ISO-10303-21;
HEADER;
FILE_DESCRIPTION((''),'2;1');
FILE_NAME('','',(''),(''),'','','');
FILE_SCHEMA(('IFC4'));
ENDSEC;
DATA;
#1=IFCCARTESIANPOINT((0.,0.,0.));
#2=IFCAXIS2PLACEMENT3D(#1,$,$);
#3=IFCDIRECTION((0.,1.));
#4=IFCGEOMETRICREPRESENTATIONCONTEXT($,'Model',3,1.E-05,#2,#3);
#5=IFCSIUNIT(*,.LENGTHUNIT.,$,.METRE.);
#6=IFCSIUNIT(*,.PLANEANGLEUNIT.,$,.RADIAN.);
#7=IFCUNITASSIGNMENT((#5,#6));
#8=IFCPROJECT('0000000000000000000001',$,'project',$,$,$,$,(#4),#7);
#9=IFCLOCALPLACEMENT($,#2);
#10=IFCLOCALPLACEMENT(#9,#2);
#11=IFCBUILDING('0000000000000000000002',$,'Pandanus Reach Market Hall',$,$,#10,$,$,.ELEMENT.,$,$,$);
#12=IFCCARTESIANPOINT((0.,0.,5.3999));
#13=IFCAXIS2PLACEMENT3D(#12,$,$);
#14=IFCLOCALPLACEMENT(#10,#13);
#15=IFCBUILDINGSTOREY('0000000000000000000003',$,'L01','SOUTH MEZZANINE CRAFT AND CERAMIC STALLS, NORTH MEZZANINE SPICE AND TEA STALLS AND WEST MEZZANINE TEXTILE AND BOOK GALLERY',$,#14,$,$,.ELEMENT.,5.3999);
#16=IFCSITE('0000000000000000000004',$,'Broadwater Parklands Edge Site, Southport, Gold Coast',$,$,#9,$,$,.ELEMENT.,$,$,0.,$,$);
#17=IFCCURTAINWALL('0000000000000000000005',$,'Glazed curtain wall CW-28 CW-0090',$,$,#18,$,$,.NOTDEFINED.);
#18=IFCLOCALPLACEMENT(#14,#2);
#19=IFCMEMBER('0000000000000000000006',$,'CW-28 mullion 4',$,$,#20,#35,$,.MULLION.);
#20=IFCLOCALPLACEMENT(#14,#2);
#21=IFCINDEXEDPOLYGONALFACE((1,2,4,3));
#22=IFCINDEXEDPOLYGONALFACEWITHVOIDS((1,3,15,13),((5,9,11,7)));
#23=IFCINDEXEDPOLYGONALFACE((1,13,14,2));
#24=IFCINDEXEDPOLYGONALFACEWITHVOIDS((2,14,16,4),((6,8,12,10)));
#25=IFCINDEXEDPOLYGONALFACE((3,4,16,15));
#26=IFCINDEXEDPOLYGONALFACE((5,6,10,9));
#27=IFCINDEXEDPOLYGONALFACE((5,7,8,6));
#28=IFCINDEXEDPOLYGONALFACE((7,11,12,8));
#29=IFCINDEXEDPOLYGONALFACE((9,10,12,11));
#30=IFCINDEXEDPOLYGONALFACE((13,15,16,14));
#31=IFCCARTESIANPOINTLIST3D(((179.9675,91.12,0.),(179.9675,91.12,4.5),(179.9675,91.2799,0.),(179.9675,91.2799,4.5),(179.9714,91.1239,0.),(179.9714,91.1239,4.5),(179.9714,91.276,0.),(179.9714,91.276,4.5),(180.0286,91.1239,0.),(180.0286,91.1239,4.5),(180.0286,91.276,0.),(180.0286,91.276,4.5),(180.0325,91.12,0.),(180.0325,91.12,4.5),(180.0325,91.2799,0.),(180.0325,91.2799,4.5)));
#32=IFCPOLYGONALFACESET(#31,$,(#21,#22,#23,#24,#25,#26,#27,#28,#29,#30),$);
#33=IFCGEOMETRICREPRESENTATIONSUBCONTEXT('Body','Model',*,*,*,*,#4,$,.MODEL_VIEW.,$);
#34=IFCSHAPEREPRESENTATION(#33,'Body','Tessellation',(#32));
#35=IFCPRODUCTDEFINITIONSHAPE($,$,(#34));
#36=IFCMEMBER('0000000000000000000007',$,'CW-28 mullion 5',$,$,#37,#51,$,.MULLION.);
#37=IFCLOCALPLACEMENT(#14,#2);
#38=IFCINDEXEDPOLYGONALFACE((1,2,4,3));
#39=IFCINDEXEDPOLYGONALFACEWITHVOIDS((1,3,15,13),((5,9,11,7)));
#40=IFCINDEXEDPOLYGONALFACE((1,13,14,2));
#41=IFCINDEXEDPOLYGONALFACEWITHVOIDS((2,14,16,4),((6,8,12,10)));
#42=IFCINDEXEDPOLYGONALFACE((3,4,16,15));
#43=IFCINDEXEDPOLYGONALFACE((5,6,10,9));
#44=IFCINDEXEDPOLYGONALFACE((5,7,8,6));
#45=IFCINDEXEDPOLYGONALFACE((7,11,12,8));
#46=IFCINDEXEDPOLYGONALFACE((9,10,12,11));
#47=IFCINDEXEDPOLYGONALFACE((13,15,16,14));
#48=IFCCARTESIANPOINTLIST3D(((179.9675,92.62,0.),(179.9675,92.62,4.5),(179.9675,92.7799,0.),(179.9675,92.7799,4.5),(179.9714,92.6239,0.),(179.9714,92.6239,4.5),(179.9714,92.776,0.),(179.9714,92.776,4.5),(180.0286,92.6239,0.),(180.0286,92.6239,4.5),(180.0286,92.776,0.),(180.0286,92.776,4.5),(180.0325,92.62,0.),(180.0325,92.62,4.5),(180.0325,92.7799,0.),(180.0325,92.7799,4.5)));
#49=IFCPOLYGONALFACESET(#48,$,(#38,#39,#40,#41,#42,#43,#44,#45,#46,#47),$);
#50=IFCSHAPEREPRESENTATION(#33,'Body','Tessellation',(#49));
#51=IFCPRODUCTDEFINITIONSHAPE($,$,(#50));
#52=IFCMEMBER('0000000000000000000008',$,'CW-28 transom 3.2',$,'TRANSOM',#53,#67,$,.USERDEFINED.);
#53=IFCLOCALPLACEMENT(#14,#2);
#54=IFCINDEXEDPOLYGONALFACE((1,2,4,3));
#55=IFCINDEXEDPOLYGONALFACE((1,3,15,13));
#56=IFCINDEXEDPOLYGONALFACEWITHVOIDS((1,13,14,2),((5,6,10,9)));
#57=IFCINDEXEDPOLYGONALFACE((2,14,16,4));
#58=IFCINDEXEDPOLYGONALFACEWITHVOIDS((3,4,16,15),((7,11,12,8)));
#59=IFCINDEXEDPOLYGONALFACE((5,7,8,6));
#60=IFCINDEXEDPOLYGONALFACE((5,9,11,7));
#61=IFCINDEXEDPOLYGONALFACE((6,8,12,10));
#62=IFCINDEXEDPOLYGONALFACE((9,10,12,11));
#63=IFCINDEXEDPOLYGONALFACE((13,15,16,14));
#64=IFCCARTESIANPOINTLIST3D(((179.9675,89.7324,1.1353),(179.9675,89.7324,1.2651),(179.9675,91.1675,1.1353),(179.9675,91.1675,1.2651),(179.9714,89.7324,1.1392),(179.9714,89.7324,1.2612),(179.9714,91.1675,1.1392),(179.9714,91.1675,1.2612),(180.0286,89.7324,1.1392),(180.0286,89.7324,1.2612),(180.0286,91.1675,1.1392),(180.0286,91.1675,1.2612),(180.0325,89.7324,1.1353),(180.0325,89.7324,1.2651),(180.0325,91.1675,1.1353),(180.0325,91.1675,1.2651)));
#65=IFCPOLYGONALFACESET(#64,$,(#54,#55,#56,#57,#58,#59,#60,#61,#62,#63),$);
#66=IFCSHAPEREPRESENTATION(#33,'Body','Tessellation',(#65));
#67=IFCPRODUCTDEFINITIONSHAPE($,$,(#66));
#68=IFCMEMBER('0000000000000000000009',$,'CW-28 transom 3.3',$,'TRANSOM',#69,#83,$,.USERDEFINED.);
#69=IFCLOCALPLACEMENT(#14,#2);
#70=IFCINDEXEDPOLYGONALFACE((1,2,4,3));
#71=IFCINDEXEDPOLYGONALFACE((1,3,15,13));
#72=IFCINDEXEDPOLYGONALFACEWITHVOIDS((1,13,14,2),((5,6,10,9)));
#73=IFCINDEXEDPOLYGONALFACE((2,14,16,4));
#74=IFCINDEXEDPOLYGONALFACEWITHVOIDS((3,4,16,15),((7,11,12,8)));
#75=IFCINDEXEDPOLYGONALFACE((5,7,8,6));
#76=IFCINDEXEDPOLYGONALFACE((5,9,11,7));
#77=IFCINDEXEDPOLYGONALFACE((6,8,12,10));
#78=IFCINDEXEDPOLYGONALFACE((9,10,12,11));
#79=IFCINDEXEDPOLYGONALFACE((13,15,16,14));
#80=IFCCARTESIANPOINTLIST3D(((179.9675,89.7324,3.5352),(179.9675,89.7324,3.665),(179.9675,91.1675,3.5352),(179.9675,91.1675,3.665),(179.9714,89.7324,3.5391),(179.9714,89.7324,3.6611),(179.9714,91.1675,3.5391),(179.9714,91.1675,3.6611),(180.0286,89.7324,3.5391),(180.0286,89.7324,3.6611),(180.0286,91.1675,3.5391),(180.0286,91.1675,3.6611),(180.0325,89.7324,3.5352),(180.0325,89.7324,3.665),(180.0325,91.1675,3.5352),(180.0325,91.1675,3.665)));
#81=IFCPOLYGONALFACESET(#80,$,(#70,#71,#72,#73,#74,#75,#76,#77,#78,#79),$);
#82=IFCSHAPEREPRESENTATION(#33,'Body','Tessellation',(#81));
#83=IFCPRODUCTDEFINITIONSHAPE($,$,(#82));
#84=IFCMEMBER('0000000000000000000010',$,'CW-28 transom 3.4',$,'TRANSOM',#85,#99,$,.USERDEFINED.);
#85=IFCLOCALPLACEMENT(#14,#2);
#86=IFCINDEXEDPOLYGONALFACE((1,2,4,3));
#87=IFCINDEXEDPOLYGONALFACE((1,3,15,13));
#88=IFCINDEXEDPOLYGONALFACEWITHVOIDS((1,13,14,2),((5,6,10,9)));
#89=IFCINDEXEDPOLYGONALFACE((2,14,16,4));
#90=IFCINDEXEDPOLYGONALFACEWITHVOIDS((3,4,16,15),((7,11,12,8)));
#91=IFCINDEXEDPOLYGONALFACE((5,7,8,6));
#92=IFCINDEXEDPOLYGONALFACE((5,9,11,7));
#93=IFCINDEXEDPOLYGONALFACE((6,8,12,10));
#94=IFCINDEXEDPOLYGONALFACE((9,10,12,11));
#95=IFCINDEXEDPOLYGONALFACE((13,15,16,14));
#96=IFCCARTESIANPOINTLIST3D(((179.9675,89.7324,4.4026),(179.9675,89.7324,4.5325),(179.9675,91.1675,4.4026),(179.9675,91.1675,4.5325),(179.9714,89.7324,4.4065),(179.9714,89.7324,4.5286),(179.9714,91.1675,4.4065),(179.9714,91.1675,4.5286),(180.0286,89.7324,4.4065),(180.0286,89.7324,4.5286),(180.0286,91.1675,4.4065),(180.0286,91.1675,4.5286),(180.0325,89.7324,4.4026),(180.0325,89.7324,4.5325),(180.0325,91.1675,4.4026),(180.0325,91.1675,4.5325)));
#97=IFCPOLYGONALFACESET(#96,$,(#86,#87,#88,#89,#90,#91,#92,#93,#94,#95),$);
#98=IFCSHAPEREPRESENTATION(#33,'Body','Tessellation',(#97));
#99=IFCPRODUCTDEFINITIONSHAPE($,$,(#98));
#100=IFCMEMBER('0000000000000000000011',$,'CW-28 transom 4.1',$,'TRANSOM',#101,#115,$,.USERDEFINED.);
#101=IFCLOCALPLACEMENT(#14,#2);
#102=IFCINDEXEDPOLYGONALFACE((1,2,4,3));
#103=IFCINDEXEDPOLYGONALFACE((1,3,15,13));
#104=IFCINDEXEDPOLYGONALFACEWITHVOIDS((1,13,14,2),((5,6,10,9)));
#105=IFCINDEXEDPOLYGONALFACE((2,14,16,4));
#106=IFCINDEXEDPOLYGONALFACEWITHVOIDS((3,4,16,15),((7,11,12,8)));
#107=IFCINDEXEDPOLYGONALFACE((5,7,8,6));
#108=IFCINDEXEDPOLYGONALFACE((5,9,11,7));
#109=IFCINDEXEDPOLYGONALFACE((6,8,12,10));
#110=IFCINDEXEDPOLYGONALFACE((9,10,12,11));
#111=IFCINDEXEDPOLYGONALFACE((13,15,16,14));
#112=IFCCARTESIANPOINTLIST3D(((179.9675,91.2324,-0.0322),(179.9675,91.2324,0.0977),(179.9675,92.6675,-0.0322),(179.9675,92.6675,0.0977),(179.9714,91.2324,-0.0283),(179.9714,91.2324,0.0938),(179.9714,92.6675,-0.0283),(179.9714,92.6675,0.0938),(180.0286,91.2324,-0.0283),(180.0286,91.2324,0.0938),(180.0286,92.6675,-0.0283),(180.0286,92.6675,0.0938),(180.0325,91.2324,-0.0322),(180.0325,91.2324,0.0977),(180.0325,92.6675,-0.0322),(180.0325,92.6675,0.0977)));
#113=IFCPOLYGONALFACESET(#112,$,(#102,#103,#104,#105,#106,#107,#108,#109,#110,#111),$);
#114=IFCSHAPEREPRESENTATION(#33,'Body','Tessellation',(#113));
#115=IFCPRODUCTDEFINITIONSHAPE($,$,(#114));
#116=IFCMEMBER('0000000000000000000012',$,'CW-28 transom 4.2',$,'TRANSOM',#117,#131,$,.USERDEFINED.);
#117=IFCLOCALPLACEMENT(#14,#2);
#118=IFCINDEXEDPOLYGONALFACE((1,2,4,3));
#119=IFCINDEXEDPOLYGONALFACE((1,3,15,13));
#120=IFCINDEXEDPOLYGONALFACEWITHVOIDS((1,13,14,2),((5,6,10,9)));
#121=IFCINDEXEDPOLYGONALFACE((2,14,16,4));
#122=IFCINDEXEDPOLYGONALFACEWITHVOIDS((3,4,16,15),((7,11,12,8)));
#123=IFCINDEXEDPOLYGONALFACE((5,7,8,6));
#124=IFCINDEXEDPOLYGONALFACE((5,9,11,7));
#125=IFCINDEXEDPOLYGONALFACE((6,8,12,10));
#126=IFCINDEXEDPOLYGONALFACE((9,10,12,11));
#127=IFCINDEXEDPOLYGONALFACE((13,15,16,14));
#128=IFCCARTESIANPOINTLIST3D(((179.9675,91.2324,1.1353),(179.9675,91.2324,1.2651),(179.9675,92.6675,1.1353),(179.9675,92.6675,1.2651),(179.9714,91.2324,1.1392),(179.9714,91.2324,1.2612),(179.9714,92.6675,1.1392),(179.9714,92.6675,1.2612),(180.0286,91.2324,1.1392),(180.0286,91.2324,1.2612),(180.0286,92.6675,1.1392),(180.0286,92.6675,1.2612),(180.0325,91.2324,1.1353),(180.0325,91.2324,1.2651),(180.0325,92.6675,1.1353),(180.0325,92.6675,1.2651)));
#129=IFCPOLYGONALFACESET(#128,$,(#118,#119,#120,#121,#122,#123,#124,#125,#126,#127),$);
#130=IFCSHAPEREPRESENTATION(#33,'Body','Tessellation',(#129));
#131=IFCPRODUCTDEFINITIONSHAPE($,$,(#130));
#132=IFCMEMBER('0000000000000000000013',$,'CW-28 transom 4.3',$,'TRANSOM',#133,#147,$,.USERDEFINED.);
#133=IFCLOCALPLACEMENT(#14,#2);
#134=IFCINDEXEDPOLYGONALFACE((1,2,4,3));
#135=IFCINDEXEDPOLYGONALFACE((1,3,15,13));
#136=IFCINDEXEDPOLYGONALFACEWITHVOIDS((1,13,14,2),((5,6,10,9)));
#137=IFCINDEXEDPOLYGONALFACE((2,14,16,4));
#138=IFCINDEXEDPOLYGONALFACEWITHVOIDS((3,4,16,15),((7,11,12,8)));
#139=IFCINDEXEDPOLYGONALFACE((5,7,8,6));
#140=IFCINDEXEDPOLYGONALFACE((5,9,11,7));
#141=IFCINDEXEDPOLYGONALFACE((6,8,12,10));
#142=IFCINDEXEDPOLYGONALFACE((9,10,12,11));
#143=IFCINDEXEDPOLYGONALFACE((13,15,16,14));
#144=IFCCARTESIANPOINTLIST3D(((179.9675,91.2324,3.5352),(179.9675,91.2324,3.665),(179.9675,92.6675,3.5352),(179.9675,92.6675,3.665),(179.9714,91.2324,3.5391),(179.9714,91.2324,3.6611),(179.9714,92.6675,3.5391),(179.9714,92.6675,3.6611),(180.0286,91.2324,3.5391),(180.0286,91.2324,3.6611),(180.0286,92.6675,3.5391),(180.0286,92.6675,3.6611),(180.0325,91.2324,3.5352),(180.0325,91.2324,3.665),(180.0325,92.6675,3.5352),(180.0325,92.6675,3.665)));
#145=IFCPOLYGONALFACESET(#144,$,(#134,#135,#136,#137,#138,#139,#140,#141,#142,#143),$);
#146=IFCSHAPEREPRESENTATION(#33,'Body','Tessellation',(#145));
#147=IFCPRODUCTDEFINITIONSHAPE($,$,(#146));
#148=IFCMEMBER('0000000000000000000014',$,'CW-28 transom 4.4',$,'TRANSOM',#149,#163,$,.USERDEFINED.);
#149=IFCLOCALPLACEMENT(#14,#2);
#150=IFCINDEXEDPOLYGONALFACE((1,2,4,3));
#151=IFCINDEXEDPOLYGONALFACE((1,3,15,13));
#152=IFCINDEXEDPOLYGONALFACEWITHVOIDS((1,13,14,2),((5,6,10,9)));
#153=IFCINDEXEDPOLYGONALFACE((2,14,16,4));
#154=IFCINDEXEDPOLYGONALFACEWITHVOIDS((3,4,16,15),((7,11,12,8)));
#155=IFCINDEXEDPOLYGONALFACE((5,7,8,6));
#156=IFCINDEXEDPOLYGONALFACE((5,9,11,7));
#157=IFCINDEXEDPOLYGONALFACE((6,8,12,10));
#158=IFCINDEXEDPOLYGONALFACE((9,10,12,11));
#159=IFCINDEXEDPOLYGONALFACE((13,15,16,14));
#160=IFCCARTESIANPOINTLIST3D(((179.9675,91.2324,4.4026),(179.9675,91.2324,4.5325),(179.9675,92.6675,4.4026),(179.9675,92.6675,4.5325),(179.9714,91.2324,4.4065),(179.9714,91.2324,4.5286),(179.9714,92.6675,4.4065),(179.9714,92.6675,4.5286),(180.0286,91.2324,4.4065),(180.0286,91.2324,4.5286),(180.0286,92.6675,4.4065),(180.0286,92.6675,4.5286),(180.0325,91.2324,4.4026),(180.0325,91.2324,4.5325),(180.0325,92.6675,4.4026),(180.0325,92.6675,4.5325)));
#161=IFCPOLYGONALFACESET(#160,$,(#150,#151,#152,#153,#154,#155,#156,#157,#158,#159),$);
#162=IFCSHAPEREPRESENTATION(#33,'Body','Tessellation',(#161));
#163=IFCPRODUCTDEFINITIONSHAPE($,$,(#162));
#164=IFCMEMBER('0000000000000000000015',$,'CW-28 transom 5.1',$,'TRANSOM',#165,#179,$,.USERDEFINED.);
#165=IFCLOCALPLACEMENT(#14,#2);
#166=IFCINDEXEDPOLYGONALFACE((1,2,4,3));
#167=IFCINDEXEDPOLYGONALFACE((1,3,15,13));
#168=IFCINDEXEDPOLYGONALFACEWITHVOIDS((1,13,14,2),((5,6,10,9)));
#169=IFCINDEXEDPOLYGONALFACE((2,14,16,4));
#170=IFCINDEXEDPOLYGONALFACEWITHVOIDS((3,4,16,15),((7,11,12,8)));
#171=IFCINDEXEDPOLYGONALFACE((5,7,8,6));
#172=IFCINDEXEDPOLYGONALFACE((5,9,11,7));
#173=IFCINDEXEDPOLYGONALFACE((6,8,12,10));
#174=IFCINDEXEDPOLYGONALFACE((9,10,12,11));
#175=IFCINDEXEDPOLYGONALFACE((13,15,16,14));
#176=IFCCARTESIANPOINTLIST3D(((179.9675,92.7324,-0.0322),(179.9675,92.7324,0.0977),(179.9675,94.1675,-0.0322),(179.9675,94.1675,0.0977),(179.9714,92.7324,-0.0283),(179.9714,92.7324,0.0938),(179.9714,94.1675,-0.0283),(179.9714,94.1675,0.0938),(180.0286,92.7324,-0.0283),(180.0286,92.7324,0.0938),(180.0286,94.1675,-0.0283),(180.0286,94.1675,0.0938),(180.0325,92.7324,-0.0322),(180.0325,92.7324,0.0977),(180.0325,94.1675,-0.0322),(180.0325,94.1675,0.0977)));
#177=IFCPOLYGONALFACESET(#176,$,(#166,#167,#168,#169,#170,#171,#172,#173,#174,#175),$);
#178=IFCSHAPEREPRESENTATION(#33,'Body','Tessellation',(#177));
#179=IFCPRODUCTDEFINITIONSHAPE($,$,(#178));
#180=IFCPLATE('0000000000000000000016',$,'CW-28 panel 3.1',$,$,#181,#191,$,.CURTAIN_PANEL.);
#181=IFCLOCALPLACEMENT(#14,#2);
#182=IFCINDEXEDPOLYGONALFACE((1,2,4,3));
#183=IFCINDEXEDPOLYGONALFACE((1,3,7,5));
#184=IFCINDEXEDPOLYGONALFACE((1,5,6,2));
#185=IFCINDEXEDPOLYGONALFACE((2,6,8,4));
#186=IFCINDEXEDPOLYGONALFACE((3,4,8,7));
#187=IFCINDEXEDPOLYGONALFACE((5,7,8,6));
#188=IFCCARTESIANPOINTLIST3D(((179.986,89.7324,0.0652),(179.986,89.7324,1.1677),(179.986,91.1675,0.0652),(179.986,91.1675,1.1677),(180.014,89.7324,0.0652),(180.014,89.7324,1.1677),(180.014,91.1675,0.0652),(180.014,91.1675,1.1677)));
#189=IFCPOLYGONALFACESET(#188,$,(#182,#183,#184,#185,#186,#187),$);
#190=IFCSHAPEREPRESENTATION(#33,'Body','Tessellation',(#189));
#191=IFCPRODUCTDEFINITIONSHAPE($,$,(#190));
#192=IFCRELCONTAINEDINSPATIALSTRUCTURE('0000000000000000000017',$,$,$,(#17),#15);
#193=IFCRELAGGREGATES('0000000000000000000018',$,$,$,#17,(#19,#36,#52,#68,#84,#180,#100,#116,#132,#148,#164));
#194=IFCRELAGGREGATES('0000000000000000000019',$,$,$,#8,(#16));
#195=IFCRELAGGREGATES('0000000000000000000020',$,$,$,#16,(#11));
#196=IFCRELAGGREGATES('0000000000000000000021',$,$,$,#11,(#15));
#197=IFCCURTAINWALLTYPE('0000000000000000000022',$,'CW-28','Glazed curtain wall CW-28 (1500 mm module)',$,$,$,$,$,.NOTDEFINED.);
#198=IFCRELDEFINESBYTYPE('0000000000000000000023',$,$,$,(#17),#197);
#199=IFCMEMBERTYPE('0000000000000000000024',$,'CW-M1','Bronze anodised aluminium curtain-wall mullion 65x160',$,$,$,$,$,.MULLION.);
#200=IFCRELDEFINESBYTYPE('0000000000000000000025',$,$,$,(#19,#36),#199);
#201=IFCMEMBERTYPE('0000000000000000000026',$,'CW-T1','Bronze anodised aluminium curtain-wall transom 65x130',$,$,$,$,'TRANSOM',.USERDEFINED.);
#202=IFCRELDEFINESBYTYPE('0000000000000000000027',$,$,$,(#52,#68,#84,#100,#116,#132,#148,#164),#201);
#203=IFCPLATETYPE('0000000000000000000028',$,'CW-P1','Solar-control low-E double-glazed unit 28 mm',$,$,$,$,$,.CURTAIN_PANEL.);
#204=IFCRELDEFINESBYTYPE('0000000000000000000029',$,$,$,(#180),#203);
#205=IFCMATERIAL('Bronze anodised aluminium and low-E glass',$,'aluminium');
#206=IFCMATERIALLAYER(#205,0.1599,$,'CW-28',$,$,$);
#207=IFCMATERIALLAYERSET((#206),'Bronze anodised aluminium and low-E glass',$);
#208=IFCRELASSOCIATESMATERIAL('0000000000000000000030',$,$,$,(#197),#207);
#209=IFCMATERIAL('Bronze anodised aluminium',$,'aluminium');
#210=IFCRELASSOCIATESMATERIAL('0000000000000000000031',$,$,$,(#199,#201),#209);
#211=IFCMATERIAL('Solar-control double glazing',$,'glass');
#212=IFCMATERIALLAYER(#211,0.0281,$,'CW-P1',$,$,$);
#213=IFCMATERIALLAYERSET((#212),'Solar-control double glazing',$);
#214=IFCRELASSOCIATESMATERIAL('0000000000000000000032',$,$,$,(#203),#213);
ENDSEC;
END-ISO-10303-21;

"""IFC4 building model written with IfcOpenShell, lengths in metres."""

from ifc_helpers import new_model, si_unit, direction, frame, origin, origin_2d, place, context, subcontext, project, spatial, rectangle, hollow_rectangle, extrude, material, layer, layer_set, material_profile, profile_set, type_object, element, aggregate, save


model = new_model("IFC4")

# Units and contexts
model_context = context("Model", 3, precision=1e-05, world=origin(), true_north=direction((0.0, 1.0)))
body_context = subcontext(model_context, "Body", "Model", "MODEL_VIEW")
ifc_project = project(units=[si_unit("LENGTHUNIT", "METRE"), si_unit("PLANEANGLEUNIT", "RADIAN")], contexts=[model_context])

# Site, building, storey
site_placement = place(None, origin())
site = spatial("IfcSite", under=ifc_project, at=site_placement, Name="Broadwater Parklands Edge Site, Southport, Gold Coast", CompositionType="ELEMENT", RefElevation=0.0)
building_placement = place(site_placement, origin())
building = spatial("IfcBuilding", under=site, at=building_placement, Name="Pandanus Reach Market Hall", CompositionType="ELEMENT")
storey_placement = place(building_placement, frame((0.0, 0.0, 5.3999)))
storey = spatial("IfcBuildingStorey", under=building, at=storey_placement, Name="L01", Description="SOUTH MEZZANINE CRAFT AND CERAMIC STALLS, NORTH MEZZANINE SPICE AND TEA STALLS AND WEST MEZZANINE TEXTILE AND BOOK GALLERY", CompositionType="ELEMENT", Elevation=5.3999)

# Curtain wall, members, plate
ifc_material_1 = material(Name="Bronze anodised aluminium and low-E glass", Category="aluminium")
ifc_layer_1 = layer(ifc_material_1, 0.1599, Name="CW-28")
ifc_layer_set_1 = layer_set([ifc_layer_1], Name="Bronze anodised aluminium and low-E glass")
curtain_wall_type = type_object("IfcCurtainWallType", Name="CW-28", Description="Glazed curtain wall CW-28 (1500 mm module)", PredefinedType="NOTDEFINED", material=ifc_layer_set_1)
curtain_wall_placement = place(storey_placement, origin())
curtain_wall = element("IfcCurtainWall", 1, at=curtain_wall_placement, inside=storey, type_object=curtain_wall_type, Name="Glazed curtain wall CW-28 CW-0090", PredefinedType="NOTDEFINED")
ifc_material_2 = material(Name="Bronze anodised aluminium", Category="aluminium")
ifc_material_profile_1 = material_profile(ifc_material_2, hollow_rectangle(XDim=0.0649, YDim=0.1599, WallThickness=0.0039, at=origin_2d()), Name="ALU65x160", Category="LoadBearing")
ifc_profile_set_1 = profile_set([ifc_material_profile_1], Name="Bronze anodised aluminium")
member_type_1 = type_object("IfcMemberType", Name="CW-M1", Description="Bronze anodised aluminium curtain-wall mullion 65x160", PredefinedType="MULLION", material=ifc_profile_set_1)
member_1_placement = place(storey_placement, frame((180.0, 91.2, 0.0), z_axis=(0.0, 0.0, 1.0), x_axis=(-1.0, 0.0, 0.0)))
member_1 = element("IfcMember", 2, at=member_1_placement, type_object=member_type_1, Name="CW-28 mullion 4", PredefinedType="MULLION", context=body_context, shape_type="SweptSolid", body=[
    extrude(hollow_rectangle(XDim=0.0649, YDim=0.1599, WallThickness=0.0039, at=origin_2d()), origin(), (0.0, 0.0, 1.0), 4.5),
])
member_2_placement = place(storey_placement, frame((180.0, 92.7, 0.0), z_axis=(0.0, 0.0, 1.0), x_axis=(-1.0, 0.0, 0.0)))
member_2 = element("IfcMember", 3, at=member_2_placement, type_object=member_type_1, Name="CW-28 mullion 5", PredefinedType="MULLION", context=body_context, shape_type="SweptSolid", body=[
    extrude(hollow_rectangle(XDim=0.0649, YDim=0.1599, WallThickness=0.0039, at=origin_2d()), origin(), (0.0, 0.0, 1.0), 4.5),
])
ifc_material_profile_2 = material_profile(ifc_material_2, hollow_rectangle(XDim=0.0649, YDim=0.1299, WallThickness=0.0039, at=origin_2d()), Name="ALU65x130", Category="LoadBearing")
ifc_profile_set_2 = profile_set([ifc_material_profile_2], Name="Bronze anodised aluminium")
member_type_2 = type_object("IfcMemberType", Name="CW-T1", Description="Bronze anodised aluminium curtain-wall transom 65x130", ElementType="TRANSOM", PredefinedType="USERDEFINED", material=ifc_profile_set_2)
member_3_placement = place(storey_placement, frame((180.0, 89.7324, 1.2002), z_axis=(0.0, 1.0, 0.0), x_axis=(-1.0, 0.0, 0.0)))
member_3 = element("IfcMember", 4, at=member_3_placement, type_object=member_type_2, Name="CW-28 transom 3.2", ObjectType="TRANSOM", PredefinedType="USERDEFINED", context=body_context, shape_type="SweptSolid", body=[
    extrude(hollow_rectangle(XDim=0.0649, YDim=0.1299, WallThickness=0.0039, at=origin_2d()), origin(), (0.0, 0.0, 1.0), 1.4351),
])
member_4_placement = place(storey_placement, frame((180.0, 89.7324, 3.6001), z_axis=(0.0, 1.0, 0.0), x_axis=(-1.0, 0.0, 0.0)))
member_4 = element("IfcMember", 5, at=member_4_placement, type_object=member_type_2, Name="CW-28 transom 3.3", ObjectType="TRANSOM", PredefinedType="USERDEFINED", context=body_context, shape_type="SweptSolid", body=[
    extrude(hollow_rectangle(XDim=0.0649, YDim=0.1299, WallThickness=0.0039, at=origin_2d()), origin(), (0.0, 0.0, 1.0), 1.4351),
])
member_5_placement = place(storey_placement, frame((180.0, 89.7324, 4.4675), z_axis=(0.0, 1.0, 0.0), x_axis=(-1.0, 0.0, 0.0)))
member_5 = element("IfcMember", 6, at=member_5_placement, type_object=member_type_2, Name="CW-28 transom 3.4", ObjectType="TRANSOM", PredefinedType="USERDEFINED", context=body_context, shape_type="SweptSolid", body=[
    extrude(hollow_rectangle(XDim=0.0649, YDim=0.1299, WallThickness=0.0039, at=origin_2d()), origin(), (0.0, 0.0, 1.0), 1.4351),
])
member_6_placement = place(storey_placement, frame((180.0, 91.2324, 0.0327), z_axis=(0.0, 1.0, 0.0), x_axis=(-1.0, 0.0, 0.0)))
member_6 = element("IfcMember", 7, at=member_6_placement, type_object=member_type_2, Name="CW-28 transom 4.1", ObjectType="TRANSOM", PredefinedType="USERDEFINED", context=body_context, shape_type="SweptSolid", body=[
    extrude(hollow_rectangle(XDim=0.0649, YDim=0.1299, WallThickness=0.0039, at=origin_2d()), origin(), (0.0, 0.0, 1.0), 1.4351),
])
member_7_placement = place(storey_placement, frame((180.0, 91.2324, 1.2002), z_axis=(0.0, 1.0, 0.0), x_axis=(-1.0, 0.0, 0.0)))
member_7 = element("IfcMember", 8, at=member_7_placement, type_object=member_type_2, Name="CW-28 transom 4.2", ObjectType="TRANSOM", PredefinedType="USERDEFINED", context=body_context, shape_type="SweptSolid", body=[
    extrude(hollow_rectangle(XDim=0.0649, YDim=0.1299, WallThickness=0.0039, at=origin_2d()), origin(), (0.0, 0.0, 1.0), 1.4351),
])
member_8_placement = place(storey_placement, frame((180.0, 91.2324, 3.6001), z_axis=(0.0, 1.0, 0.0), x_axis=(-1.0, 0.0, 0.0)))
member_8 = element("IfcMember", 9, at=member_8_placement, type_object=member_type_2, Name="CW-28 transom 4.3", ObjectType="TRANSOM", PredefinedType="USERDEFINED", context=body_context, shape_type="SweptSolid", body=[
    extrude(hollow_rectangle(XDim=0.0649, YDim=0.1299, WallThickness=0.0039, at=origin_2d()), origin(), (0.0, 0.0, 1.0), 1.4351),
])
member_9_placement = place(storey_placement, frame((180.0, 91.2324, 4.4675), z_axis=(0.0, 1.0, 0.0), x_axis=(-1.0, 0.0, 0.0)))
member_9 = element("IfcMember", 10, at=member_9_placement, type_object=member_type_2, Name="CW-28 transom 4.4", ObjectType="TRANSOM", PredefinedType="USERDEFINED", context=body_context, shape_type="SweptSolid", body=[
    extrude(hollow_rectangle(XDim=0.0649, YDim=0.1299, WallThickness=0.0039, at=origin_2d()), origin(), (0.0, 0.0, 1.0), 1.4351),
])
member_10_placement = place(storey_placement, frame((180.0, 92.7324, 0.0327), z_axis=(0.0, 1.0, 0.0), x_axis=(-1.0, 0.0, 0.0)))
member_10 = element("IfcMember", 11, at=member_10_placement, type_object=member_type_2, Name="CW-28 transom 5.1", ObjectType="TRANSOM", PredefinedType="USERDEFINED", context=body_context, shape_type="SweptSolid", body=[
    extrude(hollow_rectangle(XDim=0.0649, YDim=0.1299, WallThickness=0.0039, at=origin_2d()), origin(), (0.0, 0.0, 1.0), 1.4351),
])
ifc_material_3 = material(Name="Solar-control double glazing", Category="glass")
ifc_layer_2 = layer(ifc_material_3, 0.0281, Name="CW-P1")
ifc_layer_set_2 = layer_set([ifc_layer_2], Name="Solar-control double glazing")
plate_type = type_object("IfcPlateType", Name="CW-P1", Description="Solar-control low-E double-glazed unit 28 mm", PredefinedType="CURTAIN_PANEL", material=ifc_layer_set_2)
plate_1_placement = place(storey_placement, frame((180.0, 90.45, 0.0652), z_axis=(0.0, 0.0, 1.0), x_axis=(0.0, 1.0, 0.0)))
plate_1 = element("IfcPlate", 12, at=plate_1_placement, type_object=plate_type, Name="CW-28 panel 3.1", PredefinedType="CURTAIN_PANEL", context=body_context, shape_type="SweptSolid", body=[
    extrude(rectangle(XDim=1.4351, YDim=0.0281, at=origin_2d()), origin(), (0.0, 0.0, 1.0), 1.1025),
])
aggregate(curtain_wall, [member_1, member_2, member_3, member_4, member_5, plate_1, member_6, member_7, member_8, member_9, member_10])

save(model, "model.ifc")
